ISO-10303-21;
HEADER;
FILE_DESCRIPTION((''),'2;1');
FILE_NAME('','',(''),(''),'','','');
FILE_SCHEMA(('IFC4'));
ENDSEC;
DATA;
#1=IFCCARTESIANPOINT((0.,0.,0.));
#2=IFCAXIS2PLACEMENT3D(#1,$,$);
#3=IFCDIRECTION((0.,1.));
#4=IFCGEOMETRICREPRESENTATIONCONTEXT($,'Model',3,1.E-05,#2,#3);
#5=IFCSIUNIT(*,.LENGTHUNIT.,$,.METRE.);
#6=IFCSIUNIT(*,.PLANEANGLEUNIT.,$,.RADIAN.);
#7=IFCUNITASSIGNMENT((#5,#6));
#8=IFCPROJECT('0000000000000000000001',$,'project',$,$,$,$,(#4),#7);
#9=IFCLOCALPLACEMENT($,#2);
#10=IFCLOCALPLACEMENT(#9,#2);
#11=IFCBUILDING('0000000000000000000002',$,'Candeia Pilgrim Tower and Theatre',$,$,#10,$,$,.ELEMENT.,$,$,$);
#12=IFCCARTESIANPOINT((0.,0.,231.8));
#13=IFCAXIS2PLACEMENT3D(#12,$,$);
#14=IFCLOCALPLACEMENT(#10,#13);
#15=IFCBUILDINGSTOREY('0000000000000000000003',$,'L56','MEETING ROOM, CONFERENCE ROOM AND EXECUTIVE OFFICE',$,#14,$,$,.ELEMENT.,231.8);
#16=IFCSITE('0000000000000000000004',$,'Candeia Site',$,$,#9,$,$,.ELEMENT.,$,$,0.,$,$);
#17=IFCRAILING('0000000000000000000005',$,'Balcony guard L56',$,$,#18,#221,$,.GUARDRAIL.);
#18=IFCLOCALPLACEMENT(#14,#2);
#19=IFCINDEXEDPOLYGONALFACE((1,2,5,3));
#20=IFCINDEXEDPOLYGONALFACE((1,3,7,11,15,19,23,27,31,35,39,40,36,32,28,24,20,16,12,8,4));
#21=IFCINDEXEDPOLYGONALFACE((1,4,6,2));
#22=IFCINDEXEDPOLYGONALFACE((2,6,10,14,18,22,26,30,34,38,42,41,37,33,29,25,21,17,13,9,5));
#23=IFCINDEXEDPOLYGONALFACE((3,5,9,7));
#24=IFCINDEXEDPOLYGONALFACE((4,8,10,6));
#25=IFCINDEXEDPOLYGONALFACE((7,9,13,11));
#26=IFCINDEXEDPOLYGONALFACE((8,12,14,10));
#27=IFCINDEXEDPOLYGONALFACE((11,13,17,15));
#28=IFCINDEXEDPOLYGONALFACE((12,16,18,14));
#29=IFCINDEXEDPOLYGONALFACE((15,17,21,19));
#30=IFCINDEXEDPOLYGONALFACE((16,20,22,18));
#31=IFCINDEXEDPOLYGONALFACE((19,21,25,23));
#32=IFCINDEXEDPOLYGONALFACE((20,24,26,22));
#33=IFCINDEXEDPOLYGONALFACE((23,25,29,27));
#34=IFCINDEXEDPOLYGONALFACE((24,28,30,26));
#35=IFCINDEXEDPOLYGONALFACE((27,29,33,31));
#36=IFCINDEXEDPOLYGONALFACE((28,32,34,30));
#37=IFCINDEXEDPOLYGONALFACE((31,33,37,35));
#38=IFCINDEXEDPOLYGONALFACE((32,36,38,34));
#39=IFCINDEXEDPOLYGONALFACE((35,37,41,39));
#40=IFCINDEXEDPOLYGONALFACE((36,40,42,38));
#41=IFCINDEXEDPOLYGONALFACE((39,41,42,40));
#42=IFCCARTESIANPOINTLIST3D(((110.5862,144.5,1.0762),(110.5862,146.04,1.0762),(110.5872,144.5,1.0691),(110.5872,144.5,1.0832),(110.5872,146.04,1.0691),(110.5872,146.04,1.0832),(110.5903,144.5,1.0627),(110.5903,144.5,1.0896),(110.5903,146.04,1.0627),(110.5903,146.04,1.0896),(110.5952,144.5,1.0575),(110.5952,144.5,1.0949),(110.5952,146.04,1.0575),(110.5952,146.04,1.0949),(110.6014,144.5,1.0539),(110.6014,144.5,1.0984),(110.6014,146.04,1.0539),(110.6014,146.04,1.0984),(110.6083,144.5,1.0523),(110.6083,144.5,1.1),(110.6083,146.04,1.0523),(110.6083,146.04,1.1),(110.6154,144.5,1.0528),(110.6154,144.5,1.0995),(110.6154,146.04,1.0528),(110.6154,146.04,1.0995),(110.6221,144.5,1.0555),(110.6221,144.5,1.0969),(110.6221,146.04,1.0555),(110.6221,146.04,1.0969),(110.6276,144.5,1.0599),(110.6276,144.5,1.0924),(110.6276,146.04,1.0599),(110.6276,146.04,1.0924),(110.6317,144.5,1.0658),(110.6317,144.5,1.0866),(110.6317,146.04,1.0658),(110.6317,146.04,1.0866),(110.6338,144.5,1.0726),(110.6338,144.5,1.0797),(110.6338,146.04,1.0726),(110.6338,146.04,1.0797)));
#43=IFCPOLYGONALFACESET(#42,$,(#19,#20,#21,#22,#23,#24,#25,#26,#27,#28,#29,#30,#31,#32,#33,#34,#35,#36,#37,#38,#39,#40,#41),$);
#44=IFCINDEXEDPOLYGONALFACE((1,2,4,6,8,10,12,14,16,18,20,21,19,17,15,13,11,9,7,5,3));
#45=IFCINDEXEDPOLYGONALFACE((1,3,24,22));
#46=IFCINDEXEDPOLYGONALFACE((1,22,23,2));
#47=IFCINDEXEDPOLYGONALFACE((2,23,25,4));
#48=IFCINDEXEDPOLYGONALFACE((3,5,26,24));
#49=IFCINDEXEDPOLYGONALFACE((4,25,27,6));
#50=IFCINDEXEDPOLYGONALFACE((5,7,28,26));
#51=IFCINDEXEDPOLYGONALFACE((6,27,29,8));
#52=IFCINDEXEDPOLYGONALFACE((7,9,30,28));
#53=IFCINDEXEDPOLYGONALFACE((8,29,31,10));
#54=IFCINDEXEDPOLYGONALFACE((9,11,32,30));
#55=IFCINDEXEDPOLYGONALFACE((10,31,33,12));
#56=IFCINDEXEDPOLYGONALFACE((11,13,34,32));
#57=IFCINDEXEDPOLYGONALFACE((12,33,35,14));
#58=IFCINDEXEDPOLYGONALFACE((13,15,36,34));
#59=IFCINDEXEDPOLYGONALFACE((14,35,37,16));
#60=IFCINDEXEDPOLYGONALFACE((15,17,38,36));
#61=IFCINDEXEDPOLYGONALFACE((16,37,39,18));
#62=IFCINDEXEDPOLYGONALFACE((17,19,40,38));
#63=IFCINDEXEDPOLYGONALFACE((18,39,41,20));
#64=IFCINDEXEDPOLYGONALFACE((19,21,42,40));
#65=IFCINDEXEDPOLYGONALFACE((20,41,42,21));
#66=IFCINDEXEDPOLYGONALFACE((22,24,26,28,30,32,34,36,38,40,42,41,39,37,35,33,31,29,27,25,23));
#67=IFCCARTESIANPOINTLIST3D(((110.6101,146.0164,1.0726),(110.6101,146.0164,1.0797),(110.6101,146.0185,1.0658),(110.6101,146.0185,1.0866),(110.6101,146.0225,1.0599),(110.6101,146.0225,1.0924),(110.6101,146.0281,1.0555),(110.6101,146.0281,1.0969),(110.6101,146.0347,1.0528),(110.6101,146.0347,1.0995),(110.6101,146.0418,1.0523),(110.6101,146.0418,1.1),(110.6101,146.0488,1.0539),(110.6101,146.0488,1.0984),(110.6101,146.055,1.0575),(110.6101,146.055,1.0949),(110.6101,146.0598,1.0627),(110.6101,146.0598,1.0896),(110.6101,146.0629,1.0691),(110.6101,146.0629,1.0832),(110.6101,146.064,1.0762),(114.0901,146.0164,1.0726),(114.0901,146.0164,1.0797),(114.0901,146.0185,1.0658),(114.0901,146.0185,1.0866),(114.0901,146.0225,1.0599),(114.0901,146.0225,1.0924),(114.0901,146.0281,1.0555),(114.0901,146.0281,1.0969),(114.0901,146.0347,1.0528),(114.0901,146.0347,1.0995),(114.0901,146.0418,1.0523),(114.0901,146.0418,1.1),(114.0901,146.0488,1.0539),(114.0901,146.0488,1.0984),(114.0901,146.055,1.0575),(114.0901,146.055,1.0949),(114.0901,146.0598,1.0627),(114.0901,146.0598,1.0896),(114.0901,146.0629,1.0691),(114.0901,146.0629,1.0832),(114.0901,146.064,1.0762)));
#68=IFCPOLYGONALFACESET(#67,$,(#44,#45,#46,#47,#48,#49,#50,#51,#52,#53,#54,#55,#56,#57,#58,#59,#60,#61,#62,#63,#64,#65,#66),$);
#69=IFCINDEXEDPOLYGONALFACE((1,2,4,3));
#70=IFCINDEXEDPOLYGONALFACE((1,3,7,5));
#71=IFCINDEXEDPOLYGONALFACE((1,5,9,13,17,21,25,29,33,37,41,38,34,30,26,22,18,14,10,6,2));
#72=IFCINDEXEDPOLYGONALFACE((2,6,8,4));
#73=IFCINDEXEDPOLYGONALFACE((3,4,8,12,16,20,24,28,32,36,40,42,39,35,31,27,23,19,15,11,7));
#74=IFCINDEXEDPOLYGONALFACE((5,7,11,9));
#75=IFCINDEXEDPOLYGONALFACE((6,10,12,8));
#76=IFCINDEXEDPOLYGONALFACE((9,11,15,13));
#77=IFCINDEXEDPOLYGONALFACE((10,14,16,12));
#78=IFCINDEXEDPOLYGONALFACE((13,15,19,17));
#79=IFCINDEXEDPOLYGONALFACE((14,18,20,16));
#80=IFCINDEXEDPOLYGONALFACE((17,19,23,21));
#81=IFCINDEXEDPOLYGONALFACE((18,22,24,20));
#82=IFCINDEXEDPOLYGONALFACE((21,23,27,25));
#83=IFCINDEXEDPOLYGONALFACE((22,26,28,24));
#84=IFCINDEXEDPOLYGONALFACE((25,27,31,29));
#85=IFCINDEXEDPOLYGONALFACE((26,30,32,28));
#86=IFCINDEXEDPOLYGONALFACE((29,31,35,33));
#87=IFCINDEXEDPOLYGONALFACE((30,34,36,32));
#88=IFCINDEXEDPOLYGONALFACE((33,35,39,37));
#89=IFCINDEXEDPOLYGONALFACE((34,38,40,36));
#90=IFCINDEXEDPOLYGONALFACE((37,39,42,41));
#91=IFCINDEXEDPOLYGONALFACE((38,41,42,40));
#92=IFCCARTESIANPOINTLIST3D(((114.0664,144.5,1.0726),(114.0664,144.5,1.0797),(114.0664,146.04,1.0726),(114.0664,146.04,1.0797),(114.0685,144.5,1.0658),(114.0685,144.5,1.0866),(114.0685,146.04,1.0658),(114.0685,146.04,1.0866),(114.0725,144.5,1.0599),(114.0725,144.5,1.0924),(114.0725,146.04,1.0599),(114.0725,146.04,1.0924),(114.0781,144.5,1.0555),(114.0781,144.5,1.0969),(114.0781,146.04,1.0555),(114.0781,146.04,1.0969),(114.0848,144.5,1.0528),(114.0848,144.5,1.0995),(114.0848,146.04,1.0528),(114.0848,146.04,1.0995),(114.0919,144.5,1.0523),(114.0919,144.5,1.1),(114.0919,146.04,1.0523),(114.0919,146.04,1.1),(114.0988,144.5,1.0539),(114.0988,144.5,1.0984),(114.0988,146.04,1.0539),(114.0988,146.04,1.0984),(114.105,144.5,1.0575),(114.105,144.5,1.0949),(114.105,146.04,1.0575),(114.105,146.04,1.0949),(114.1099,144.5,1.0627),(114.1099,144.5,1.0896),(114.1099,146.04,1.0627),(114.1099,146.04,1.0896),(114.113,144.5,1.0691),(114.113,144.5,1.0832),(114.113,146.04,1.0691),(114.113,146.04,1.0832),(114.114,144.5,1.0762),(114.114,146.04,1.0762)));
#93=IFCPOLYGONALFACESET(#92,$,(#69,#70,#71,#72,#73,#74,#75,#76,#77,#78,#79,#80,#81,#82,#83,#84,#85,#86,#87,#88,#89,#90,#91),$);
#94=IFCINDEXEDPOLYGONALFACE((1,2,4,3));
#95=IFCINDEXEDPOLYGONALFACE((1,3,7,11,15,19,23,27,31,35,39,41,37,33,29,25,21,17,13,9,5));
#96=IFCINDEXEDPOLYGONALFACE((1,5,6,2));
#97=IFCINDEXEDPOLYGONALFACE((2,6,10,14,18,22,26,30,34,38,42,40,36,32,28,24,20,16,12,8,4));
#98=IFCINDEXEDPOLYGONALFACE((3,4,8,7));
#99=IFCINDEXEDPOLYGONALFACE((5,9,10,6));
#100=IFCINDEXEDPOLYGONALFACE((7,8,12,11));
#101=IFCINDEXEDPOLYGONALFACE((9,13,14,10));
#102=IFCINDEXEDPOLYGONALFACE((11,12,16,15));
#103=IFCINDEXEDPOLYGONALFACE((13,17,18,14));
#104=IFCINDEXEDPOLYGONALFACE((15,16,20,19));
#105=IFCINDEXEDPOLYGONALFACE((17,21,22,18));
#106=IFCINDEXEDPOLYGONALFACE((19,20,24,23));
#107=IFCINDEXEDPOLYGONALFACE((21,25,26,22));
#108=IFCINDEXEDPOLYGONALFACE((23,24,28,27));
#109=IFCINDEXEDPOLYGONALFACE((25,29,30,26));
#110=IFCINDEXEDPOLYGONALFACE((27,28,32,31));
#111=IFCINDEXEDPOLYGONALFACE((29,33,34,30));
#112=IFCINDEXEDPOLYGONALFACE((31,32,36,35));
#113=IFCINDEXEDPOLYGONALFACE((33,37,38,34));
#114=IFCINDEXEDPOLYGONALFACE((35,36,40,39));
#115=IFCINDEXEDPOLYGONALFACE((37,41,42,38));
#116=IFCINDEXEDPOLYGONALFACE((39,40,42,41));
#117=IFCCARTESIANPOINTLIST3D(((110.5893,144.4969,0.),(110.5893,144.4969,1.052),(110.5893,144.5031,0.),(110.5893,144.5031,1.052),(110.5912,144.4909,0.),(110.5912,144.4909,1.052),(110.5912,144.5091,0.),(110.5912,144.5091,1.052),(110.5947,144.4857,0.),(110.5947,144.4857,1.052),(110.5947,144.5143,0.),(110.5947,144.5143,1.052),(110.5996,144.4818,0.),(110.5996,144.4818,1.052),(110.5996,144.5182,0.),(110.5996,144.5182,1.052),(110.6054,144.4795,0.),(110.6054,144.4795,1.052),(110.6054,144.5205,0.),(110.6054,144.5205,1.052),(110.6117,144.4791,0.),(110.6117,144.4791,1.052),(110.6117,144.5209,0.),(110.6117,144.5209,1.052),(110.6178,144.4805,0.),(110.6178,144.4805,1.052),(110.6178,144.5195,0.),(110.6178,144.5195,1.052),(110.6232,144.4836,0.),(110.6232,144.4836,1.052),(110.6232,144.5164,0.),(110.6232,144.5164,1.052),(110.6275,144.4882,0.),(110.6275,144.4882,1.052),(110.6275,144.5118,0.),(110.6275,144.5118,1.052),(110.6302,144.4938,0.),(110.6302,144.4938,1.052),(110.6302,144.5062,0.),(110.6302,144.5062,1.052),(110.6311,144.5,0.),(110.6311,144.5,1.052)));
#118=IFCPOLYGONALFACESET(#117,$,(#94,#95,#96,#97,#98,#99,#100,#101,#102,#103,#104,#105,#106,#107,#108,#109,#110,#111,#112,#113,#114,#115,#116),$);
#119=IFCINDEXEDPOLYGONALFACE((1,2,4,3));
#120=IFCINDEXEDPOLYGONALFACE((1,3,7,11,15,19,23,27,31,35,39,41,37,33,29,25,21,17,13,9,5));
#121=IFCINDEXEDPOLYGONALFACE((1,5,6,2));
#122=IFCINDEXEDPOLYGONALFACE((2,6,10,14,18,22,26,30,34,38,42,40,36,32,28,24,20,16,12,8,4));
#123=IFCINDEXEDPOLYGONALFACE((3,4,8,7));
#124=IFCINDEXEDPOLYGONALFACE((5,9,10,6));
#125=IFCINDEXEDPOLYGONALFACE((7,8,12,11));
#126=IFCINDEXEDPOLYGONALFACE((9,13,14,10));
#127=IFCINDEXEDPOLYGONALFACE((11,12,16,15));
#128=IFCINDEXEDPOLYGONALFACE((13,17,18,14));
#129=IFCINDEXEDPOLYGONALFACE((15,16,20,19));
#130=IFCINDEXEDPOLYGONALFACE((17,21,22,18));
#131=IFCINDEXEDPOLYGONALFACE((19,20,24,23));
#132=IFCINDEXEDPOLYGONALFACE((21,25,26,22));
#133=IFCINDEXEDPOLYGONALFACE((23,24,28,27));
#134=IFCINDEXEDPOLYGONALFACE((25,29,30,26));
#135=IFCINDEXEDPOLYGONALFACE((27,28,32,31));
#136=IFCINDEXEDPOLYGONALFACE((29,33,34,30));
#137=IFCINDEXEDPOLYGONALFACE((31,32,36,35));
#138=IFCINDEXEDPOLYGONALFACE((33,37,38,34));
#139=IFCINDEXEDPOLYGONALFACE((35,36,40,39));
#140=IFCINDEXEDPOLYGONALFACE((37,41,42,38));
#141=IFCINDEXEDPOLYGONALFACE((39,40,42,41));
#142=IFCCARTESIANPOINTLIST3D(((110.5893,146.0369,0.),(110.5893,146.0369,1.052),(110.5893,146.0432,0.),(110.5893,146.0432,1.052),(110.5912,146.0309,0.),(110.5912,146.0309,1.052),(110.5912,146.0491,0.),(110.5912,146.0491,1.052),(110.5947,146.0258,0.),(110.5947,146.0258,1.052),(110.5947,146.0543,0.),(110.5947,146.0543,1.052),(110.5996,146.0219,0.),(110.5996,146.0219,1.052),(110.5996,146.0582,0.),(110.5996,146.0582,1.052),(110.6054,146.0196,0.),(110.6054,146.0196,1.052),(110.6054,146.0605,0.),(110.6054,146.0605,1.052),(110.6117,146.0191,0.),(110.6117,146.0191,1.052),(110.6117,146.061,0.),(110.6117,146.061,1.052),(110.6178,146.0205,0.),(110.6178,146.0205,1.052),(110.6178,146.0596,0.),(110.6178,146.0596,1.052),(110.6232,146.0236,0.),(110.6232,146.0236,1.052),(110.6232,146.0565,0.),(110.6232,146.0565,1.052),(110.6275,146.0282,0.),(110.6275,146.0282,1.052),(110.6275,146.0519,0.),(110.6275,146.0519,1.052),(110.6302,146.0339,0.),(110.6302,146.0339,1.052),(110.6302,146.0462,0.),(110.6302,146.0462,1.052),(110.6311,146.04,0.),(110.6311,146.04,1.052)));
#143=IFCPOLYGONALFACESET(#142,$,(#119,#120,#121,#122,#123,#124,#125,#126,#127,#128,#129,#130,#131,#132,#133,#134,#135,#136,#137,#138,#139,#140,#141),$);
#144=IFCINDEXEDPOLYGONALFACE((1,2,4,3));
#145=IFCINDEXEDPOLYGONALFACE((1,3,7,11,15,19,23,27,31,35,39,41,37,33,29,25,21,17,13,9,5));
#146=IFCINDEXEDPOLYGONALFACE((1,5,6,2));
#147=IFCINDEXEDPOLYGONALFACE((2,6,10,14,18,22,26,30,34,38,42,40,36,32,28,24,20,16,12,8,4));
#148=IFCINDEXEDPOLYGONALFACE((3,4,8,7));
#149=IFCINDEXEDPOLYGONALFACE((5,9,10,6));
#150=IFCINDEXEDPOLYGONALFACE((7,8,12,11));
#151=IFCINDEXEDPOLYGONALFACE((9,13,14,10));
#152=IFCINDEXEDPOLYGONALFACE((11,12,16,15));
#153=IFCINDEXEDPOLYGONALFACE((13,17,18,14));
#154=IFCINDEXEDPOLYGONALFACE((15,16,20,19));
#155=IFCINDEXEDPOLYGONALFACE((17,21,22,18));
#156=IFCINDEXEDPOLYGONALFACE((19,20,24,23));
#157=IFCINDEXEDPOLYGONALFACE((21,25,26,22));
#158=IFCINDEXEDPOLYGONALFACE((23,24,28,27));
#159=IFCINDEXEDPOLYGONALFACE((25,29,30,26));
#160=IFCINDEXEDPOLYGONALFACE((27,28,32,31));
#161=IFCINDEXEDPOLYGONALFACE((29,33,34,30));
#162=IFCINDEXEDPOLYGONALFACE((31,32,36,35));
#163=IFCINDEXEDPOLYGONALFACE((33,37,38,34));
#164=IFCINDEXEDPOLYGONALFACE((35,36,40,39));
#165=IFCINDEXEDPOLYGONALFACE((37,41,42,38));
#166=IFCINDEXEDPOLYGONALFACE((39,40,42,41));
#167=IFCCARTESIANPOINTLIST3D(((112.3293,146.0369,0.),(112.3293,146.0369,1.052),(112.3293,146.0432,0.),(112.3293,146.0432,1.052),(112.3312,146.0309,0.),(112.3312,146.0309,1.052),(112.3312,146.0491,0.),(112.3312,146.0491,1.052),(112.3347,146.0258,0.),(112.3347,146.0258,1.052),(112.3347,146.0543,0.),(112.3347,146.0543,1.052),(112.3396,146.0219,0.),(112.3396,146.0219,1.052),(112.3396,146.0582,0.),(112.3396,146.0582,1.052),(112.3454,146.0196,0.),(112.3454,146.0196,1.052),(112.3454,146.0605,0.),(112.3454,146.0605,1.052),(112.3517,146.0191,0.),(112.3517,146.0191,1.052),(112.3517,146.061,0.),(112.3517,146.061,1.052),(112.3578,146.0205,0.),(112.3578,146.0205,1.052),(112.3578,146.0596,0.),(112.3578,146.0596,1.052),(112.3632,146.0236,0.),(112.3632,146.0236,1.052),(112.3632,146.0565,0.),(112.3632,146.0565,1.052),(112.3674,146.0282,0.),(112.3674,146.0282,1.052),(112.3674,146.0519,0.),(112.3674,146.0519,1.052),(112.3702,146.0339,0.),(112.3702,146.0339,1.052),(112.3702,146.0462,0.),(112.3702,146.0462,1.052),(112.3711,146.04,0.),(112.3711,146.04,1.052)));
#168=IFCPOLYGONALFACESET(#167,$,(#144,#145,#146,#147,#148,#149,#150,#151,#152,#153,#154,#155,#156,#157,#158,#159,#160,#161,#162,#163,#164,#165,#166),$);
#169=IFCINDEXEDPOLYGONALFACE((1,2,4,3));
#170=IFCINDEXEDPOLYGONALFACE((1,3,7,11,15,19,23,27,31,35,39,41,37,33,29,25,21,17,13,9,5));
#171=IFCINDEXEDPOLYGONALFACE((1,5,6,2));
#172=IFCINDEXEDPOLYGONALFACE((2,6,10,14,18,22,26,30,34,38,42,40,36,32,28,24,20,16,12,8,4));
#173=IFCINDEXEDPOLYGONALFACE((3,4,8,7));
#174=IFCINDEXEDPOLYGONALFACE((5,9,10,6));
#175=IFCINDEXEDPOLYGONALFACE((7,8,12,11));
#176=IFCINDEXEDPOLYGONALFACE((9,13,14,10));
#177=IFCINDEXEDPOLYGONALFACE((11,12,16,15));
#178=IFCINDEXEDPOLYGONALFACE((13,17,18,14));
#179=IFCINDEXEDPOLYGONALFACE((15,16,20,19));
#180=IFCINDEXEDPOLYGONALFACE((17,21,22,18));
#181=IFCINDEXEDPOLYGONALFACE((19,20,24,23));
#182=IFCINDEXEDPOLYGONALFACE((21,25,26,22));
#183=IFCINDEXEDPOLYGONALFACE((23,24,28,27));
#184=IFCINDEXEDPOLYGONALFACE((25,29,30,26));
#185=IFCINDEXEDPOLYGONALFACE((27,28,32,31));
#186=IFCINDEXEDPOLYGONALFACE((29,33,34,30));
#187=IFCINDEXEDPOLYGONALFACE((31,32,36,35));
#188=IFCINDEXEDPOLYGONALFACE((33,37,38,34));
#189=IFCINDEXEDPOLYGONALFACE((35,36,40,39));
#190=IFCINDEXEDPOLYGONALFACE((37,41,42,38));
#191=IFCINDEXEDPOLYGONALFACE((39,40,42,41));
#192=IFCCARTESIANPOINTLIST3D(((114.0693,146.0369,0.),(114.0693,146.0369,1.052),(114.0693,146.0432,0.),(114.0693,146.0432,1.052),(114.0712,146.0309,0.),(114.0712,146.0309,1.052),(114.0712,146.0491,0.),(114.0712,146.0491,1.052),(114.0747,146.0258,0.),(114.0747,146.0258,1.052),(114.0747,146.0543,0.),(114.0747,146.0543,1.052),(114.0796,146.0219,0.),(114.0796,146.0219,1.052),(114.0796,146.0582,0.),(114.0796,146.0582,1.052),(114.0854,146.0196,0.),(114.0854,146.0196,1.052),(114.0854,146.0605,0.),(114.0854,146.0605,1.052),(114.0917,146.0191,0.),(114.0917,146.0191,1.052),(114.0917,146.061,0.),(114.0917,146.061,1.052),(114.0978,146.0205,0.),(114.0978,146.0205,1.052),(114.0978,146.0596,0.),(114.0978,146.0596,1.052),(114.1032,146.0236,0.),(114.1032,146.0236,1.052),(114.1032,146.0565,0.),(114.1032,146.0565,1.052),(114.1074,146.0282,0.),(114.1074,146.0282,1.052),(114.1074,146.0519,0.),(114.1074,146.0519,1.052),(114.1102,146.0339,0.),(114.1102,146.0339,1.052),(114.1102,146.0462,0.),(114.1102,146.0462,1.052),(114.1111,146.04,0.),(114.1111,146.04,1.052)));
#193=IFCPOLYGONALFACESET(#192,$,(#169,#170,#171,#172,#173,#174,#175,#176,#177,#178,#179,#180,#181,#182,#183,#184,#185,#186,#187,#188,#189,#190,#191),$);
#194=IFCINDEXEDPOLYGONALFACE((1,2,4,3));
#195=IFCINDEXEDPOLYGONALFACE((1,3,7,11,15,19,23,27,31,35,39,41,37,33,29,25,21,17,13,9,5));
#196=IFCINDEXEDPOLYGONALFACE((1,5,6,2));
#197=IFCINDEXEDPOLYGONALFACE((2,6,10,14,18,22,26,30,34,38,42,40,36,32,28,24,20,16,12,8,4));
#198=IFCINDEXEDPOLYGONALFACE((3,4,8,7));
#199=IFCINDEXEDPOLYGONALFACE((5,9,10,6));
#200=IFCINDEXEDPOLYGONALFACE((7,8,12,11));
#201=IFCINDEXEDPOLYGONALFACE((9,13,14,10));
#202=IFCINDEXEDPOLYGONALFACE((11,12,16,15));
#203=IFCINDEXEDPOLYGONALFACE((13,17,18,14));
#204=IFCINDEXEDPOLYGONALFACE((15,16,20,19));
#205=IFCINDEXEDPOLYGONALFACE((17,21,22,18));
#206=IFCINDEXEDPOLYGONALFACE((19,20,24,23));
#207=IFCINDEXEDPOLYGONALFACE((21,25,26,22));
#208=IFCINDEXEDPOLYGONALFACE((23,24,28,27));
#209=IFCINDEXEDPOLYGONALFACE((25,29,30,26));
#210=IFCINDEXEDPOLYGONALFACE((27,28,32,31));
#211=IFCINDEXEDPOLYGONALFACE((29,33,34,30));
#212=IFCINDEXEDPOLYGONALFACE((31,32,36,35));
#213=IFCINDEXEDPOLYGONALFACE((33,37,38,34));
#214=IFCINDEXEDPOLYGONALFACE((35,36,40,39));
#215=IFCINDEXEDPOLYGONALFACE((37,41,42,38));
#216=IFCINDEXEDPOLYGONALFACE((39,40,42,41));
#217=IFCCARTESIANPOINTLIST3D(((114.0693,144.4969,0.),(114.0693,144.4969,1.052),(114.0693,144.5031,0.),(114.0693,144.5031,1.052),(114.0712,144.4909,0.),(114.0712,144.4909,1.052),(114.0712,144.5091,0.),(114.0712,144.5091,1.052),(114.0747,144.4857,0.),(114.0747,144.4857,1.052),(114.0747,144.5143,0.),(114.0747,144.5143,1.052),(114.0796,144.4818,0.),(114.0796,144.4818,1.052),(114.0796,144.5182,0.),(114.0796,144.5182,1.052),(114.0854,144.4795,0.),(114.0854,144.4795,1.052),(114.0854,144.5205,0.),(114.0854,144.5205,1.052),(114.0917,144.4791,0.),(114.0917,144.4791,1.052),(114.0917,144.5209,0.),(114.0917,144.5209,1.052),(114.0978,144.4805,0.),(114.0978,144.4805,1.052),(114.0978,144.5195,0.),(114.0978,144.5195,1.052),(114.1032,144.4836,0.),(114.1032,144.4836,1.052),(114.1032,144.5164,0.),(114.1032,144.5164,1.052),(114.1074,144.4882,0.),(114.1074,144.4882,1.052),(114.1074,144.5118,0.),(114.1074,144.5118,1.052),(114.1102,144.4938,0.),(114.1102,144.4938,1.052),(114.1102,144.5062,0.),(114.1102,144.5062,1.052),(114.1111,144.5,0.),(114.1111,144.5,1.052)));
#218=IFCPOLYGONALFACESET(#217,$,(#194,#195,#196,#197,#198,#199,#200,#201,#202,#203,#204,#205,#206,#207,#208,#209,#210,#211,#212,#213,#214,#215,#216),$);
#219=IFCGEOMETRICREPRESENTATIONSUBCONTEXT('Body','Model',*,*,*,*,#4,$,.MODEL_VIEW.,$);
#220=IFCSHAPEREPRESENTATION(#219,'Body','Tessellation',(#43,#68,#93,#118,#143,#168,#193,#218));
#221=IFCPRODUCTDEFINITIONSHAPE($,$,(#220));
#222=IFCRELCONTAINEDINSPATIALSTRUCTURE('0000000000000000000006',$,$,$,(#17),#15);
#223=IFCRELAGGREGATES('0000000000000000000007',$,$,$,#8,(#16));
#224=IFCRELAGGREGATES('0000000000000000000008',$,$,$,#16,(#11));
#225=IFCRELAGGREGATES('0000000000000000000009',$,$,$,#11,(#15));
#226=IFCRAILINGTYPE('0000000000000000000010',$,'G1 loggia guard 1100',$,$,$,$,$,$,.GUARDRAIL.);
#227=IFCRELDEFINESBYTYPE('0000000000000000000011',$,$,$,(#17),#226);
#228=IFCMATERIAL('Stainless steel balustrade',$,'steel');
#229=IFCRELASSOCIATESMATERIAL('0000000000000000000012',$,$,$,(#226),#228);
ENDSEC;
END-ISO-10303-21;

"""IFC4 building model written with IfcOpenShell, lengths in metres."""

from ifc_helpers import new_model, si_unit, direction, frame, origin, origin_2d, place, context, subcontext, project, spatial, circle, extrude, material, type_object, element, save


model = new_model("IFC4")

# Units and contexts
model_context = context("Model", 3, precision=1e-05, world=origin(), true_north=direction((0.0, 1.0)))
body_context = subcontext(model_context, "Body", "Model", "MODEL_VIEW")
ifc_project = project(units=[si_unit("LENGTHUNIT", "METRE"), si_unit("PLANEANGLEUNIT", "RADIAN")], contexts=[model_context])

# Site, building, storey
site_placement = place(None, origin())
site = spatial("IfcSite", under=ifc_project, at=site_placement, Name="Candeia Site", CompositionType="ELEMENT", RefElevation=0.0)
building_placement = place(site_placement, origin())
building = spatial("IfcBuilding", under=site, at=building_placement, Name="Candeia Pilgrim Tower and Theatre", CompositionType="ELEMENT")
storey_placement = place(building_placement, frame((0.0, 0.0, 231.8)))
storey = spatial("IfcBuildingStorey", under=building, at=storey_placement, Name="L56", Description="MEETING ROOM, CONFERENCE ROOM AND EXECUTIVE OFFICE", CompositionType="ELEMENT", Elevation=231.8)

# Railing
ifc_material_1 = material(Name="Stainless steel balustrade", Category="steel")
railing_type = type_object("IfcRailingType", Name="G1 loggia guard 1100", PredefinedType="GUARDRAIL", material=ifc_material_1)
railing_1_placement = place(storey_placement, frame((110.6101, 144.5, 0.0)))
element("IfcRailing", 1, at=railing_1_placement, inside=storey, type_object=railing_type, Name="Balcony guard L56", PredefinedType="GUARDRAIL", context=body_context, shape_type="SweptSolid", body=[
    extrude(circle(Radius=0.0239, at=origin_2d()), frame((0.0, 0.0, 1.0762), z_axis=(0.0, 1.0, 0.0), x_axis=(-1.0, 0.0, 0.0)), (0.0, 0.0, 1.0), 1.54),
    extrude(circle(Radius=0.0239, at=origin_2d()), frame((0.0, 1.54, 1.0762), z_axis=(1.0, 0.0, 0.0), x_axis=(0.0, 1.0, 0.0)), (0.0, 0.0, 1.0), 3.48),
    extrude(circle(Radius=0.0239, at=origin_2d()), frame((3.48, 1.54, 1.0762), z_axis=(0.0, -1.0, 0.0), x_axis=(1.0, 0.0, 0.0)), (0.0, 0.0, 1.0), 1.54),
    extrude(circle(Radius=0.021, at=origin_2d()), origin(), (0.0, 0.0, 1.0), 1.052),
    extrude(circle(Radius=0.021, at=origin_2d()), frame((0.0, 1.54, 0.0)), (0.0, 0.0, 1.0), 1.052),
    extrude(circle(Radius=0.021, at=origin_2d()), frame((1.74, 1.54, 0.0)), (0.0, 0.0, 1.0), 1.052),
    extrude(circle(Radius=0.021, at=origin_2d()), frame((3.48, 1.54, 0.0)), (0.0, 0.0, 1.0), 1.052),
    extrude(circle(Radius=0.021, at=origin_2d()), frame((3.48, 0.0, 0.0)), (0.0, 0.0, 1.0), 1.052),
])

save(model, "model.ifc")
